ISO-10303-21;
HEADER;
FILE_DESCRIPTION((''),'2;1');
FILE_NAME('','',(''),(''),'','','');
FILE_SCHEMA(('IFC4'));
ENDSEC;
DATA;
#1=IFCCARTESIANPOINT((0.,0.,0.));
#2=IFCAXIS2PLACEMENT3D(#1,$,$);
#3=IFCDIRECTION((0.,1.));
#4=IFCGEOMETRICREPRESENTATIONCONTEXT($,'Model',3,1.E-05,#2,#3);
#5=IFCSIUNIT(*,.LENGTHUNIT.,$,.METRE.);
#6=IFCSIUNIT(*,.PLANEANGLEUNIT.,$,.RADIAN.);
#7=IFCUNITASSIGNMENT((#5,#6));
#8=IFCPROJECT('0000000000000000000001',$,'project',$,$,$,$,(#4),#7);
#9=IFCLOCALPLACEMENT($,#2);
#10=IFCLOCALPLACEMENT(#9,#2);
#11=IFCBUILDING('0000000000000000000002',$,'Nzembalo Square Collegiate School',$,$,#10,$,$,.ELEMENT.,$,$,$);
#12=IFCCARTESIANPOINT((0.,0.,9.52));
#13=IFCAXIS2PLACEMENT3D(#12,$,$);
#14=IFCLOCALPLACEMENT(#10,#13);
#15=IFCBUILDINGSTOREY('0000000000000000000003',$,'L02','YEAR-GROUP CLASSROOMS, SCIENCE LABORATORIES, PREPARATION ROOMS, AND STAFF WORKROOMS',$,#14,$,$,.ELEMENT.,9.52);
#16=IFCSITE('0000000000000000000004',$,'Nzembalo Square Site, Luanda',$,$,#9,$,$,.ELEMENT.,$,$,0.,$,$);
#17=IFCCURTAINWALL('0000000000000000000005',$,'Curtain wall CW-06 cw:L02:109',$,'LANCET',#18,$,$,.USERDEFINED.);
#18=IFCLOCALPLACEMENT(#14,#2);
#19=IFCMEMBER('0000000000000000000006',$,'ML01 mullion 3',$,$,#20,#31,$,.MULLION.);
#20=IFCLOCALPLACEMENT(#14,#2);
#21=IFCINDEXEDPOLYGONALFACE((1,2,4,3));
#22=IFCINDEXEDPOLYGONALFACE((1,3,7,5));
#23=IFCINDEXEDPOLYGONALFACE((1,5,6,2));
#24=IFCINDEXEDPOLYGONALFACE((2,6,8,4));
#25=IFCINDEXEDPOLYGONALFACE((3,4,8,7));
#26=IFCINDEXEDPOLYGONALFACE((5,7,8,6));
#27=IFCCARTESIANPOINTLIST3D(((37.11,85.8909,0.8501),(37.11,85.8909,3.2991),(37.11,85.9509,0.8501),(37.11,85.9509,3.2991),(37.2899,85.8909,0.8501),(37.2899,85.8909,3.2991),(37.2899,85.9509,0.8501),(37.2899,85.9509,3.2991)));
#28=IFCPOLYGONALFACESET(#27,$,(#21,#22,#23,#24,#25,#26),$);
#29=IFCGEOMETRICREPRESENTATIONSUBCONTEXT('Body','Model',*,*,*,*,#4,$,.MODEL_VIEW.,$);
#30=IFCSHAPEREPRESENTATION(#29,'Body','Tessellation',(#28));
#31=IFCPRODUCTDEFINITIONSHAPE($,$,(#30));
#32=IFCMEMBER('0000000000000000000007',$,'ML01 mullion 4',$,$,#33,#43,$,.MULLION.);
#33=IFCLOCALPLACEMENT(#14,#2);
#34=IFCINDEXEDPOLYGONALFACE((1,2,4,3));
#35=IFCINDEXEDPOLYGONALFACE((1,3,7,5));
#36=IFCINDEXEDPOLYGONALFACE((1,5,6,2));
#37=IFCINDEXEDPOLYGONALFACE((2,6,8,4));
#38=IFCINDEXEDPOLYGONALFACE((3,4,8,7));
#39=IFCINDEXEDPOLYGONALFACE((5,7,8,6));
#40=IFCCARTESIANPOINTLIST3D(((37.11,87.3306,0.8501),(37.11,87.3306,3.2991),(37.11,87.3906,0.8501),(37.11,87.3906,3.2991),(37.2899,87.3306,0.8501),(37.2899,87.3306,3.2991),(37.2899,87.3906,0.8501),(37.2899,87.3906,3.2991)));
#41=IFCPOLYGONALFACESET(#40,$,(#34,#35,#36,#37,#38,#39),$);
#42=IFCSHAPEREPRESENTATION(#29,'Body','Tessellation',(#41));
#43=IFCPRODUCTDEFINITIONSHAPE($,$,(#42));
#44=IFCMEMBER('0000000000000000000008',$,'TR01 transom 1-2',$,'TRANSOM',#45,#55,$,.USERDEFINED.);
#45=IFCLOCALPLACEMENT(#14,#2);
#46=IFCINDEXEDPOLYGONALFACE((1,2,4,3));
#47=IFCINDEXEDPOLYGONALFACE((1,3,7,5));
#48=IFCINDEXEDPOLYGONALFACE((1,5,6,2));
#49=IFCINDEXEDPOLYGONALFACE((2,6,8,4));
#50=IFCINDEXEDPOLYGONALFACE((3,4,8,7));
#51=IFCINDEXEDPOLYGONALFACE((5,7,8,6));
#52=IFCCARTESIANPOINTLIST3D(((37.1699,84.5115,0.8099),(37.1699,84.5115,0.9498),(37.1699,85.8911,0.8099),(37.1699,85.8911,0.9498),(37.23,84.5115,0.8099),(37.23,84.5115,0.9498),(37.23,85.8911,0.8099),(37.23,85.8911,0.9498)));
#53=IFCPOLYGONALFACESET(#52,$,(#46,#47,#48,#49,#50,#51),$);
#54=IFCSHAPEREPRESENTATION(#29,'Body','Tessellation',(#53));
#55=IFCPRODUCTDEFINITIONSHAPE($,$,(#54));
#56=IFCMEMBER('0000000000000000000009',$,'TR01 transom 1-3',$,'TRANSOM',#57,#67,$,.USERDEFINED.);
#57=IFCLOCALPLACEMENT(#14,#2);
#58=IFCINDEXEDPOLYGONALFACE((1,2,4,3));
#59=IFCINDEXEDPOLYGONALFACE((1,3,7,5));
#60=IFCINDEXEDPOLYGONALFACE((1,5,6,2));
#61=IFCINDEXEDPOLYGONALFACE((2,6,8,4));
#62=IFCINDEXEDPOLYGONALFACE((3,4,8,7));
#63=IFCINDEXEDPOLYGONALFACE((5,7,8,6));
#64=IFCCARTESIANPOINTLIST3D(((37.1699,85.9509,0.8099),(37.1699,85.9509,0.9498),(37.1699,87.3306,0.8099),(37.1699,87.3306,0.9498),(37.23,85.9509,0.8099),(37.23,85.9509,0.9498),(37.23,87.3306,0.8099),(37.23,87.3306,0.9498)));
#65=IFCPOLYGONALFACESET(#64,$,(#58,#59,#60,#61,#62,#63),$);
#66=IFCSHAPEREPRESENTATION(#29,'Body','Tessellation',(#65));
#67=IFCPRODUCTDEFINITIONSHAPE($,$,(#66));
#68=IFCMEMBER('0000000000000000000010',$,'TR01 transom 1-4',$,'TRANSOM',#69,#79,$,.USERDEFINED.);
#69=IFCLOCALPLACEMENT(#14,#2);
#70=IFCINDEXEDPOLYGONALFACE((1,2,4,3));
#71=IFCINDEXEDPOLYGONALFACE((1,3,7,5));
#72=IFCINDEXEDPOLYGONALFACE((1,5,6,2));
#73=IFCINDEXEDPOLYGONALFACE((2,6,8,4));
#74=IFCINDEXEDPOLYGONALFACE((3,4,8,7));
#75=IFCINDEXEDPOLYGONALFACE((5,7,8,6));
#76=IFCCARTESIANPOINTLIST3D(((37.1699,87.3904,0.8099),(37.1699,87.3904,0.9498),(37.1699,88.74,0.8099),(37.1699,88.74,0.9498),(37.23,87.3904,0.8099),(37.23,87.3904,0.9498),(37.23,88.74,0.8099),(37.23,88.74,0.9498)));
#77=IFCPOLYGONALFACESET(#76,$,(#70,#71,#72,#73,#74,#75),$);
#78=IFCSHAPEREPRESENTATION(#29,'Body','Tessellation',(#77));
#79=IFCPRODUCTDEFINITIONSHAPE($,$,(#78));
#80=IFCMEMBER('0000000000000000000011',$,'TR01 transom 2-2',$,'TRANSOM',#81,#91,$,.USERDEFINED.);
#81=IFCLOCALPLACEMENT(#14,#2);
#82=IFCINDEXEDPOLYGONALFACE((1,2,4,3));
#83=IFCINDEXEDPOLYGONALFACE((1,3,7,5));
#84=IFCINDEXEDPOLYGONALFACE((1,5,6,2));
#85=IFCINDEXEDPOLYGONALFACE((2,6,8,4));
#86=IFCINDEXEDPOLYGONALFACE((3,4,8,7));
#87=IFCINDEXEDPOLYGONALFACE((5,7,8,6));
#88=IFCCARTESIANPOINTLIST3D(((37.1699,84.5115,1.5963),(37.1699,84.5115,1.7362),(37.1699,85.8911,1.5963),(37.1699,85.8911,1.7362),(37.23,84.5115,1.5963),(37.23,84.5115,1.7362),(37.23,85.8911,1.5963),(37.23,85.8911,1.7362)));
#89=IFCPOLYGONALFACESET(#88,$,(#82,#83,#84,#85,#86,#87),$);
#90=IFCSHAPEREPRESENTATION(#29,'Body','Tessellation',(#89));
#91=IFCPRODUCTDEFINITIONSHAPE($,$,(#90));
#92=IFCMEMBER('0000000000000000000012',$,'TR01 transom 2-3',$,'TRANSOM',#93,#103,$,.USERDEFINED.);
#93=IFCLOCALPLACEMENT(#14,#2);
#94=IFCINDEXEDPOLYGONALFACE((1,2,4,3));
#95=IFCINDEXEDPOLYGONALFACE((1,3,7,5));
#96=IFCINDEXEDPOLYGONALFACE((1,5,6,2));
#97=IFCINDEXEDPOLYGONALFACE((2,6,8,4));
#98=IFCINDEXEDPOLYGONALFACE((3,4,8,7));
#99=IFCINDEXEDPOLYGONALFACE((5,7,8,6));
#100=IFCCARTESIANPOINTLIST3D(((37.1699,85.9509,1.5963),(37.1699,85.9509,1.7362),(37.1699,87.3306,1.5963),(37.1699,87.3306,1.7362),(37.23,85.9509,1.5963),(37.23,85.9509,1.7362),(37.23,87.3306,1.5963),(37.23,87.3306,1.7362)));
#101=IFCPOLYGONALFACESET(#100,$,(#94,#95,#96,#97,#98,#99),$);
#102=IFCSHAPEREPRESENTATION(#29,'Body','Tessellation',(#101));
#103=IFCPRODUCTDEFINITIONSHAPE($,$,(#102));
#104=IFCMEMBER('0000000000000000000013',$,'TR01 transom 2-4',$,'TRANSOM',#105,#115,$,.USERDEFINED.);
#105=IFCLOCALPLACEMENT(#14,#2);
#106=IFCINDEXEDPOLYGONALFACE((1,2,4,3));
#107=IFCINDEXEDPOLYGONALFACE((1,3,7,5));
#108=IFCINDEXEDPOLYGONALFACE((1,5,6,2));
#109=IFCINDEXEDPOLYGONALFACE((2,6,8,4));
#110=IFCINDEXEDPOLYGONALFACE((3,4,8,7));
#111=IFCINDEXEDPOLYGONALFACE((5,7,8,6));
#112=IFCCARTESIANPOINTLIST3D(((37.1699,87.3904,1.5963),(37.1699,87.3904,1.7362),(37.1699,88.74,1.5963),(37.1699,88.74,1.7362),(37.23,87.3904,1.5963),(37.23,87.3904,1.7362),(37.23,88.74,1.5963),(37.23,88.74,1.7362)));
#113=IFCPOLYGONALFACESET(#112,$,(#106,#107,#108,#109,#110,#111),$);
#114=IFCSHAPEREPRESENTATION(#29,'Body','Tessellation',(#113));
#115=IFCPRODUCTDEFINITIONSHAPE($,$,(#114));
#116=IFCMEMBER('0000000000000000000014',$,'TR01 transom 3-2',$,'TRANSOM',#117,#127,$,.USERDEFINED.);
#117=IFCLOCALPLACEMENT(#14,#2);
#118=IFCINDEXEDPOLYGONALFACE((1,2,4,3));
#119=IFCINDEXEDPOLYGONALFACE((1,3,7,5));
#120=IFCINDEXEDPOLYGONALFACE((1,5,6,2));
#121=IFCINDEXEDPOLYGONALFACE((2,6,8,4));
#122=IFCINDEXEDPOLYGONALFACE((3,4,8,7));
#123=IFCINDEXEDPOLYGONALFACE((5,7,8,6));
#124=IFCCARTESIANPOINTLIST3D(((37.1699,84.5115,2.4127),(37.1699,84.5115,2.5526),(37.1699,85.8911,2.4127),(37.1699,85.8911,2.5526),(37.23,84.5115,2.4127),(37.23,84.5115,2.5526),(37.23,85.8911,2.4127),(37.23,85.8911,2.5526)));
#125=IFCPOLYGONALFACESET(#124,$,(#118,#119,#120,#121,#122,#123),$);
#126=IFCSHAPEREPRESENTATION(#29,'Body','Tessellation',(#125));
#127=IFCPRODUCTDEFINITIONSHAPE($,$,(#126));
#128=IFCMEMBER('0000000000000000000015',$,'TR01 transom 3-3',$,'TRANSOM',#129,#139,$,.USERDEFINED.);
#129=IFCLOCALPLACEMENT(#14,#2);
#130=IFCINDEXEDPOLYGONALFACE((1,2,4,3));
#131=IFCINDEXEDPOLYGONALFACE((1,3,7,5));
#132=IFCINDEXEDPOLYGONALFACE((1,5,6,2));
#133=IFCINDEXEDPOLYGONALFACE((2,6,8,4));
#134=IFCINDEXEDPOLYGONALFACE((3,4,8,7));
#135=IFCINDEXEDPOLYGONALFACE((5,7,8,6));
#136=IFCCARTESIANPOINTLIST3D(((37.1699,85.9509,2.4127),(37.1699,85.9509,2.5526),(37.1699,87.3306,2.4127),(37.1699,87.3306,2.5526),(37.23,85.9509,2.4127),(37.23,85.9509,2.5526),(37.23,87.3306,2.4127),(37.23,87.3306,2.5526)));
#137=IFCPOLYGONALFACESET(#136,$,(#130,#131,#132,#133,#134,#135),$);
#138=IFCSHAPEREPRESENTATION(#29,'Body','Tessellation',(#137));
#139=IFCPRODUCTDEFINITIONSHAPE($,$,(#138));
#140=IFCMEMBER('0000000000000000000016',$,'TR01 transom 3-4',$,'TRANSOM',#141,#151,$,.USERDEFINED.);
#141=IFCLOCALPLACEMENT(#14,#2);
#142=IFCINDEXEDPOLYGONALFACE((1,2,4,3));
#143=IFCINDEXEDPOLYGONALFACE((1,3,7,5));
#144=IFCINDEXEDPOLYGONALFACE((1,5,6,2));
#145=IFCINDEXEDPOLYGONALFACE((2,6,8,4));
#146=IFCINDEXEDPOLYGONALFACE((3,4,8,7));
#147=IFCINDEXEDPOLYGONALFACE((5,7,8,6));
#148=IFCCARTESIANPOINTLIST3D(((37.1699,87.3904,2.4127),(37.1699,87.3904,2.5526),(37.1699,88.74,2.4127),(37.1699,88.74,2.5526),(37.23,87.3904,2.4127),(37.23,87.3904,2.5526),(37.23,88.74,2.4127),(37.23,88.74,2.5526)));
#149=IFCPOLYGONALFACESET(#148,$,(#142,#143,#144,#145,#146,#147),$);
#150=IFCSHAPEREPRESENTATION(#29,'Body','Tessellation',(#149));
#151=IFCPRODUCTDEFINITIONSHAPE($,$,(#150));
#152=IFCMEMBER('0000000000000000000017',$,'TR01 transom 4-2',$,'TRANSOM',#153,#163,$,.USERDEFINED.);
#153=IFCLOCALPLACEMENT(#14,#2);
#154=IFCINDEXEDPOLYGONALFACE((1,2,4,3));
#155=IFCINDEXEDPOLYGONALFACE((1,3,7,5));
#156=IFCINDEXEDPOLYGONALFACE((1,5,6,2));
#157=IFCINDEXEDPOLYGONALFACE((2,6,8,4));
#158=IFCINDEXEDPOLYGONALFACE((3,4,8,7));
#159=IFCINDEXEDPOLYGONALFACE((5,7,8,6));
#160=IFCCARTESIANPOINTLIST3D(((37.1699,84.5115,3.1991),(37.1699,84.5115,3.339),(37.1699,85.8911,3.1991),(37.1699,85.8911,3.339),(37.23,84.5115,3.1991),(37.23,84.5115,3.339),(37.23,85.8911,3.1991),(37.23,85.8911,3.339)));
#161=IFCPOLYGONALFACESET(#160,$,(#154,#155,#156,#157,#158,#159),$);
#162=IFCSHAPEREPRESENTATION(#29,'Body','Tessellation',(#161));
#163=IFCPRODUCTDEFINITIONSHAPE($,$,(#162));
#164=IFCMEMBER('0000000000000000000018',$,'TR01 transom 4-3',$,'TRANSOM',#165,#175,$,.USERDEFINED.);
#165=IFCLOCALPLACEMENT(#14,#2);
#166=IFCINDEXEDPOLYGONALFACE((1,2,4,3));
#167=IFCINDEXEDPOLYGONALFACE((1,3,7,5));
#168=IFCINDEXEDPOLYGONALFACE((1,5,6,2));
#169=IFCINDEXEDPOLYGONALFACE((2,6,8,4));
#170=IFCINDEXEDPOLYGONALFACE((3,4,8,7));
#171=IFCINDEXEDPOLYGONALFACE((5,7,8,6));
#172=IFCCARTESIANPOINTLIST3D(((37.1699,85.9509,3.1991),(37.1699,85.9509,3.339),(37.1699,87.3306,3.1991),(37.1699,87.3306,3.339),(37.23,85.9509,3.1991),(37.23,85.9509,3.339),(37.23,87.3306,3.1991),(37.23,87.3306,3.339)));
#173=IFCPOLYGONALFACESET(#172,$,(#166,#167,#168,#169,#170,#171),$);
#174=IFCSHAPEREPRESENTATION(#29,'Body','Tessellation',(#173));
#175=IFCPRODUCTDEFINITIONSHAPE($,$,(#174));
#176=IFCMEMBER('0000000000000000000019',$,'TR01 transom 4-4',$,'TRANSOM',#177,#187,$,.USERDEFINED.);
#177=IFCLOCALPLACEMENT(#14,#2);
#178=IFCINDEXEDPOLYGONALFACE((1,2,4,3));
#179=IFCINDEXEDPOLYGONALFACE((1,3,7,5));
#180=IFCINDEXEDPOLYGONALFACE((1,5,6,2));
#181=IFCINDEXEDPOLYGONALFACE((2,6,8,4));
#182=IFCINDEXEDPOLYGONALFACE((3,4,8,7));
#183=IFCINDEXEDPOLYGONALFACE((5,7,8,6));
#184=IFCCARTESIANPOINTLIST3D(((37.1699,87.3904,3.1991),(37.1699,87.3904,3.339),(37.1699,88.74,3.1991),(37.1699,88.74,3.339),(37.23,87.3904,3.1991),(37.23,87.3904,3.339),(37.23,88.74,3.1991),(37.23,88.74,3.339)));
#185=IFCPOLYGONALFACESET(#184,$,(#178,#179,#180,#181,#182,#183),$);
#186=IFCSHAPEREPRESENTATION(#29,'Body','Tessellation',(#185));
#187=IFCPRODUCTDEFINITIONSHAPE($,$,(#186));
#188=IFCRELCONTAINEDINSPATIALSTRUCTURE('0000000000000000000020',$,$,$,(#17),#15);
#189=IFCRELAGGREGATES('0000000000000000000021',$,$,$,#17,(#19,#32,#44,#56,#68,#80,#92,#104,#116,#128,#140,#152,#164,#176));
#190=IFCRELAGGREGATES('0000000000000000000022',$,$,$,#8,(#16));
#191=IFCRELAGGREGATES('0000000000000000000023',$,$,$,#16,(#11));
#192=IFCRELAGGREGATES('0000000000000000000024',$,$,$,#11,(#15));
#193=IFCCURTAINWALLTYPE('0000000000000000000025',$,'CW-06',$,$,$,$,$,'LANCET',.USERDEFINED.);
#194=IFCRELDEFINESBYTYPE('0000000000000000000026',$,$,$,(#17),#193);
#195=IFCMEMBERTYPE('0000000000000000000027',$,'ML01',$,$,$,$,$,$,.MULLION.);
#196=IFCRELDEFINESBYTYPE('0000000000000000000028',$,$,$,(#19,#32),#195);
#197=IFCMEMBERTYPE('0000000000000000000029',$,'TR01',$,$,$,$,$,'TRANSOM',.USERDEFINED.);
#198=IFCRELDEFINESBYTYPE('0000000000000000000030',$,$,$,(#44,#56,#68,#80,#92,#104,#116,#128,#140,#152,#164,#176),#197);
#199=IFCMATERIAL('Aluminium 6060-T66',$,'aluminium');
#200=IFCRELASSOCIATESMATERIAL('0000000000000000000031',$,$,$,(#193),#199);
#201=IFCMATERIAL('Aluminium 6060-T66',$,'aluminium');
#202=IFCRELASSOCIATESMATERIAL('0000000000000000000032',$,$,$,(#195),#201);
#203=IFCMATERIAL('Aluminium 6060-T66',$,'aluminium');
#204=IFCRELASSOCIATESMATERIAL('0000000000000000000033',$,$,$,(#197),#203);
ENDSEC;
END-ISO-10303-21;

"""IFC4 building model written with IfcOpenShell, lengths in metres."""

from ifc_helpers import new_model, si_unit, direction, frame, origin, origin_2d, place, context, subcontext, project, spatial, rectangle, extrude, material, material_profile, profile_set, type_object, element, aggregate, save


model = new_model("IFC4")

# Units and contexts
model_context = context("Model", 3, precision=1e-05, world=origin(), true_north=direction((0.0, 1.0)))
body_context = subcontext(model_context, "Body", "Model", "MODEL_VIEW")
ifc_project = project(units=[si_unit("LENGTHUNIT", "METRE"), si_unit("PLANEANGLEUNIT", "RADIAN")], contexts=[model_context])

# Site, building, storey
site_placement = place(None, origin())
site = spatial("IfcSite", under=ifc_project, at=site_placement, Name="Nzembalo Square Site, Luanda", CompositionType="ELEMENT", RefElevation=0.0)
building_placement = place(site_placement, origin())
building = spatial("IfcBuilding", under=site, at=building_placement, Name="Nzembalo Square Collegiate School", CompositionType="ELEMENT")
storey_placement = place(building_placement, frame((0.0, 0.0, 9.52)))
storey = spatial("IfcBuildingStorey", under=building, at=storey_placement, Name="L02", Description="YEAR-GROUP CLASSROOMS, SCIENCE LABORATORIES, PREPARATION ROOMS, AND STAFF WORKROOMS", CompositionType="ELEMENT", Elevation=9.52)

# Curtain wall, members
ifc_material_1 = material(Name="Aluminium 6060-T66", Category="aluminium")
curtain_wall_type = type_object("IfcCurtainWallType", Name="CW-06", ElementType="LANCET", PredefinedType="USERDEFINED", material=ifc_material_1)
curtain_wall_placement = place(storey_placement, origin())
curtain_wall = element("IfcCurtainWall", 1, at=curtain_wall_placement, inside=storey, type_object=curtain_wall_type, Name="Curtain wall CW-06 cw:L02:109", ObjectType="LANCET", PredefinedType="USERDEFINED")
ifc_material_2 = material(Name="Aluminium 6060-T66", Category="aluminium")
ifc_material_profile_1 = material_profile(ifc_material_2, rectangle(XDim=0.0601, YDim=0.1799, at=origin_2d()), Name="ALU M60x180")
ifc_profile_set_1 = profile_set([ifc_material_profile_1], Name="Aluminium 6060-T66")
member_type_1 = type_object("IfcMemberType", Name="ML01", PredefinedType="MULLION", material=ifc_profile_set_1)
member_1_placement = place(storey_placement, frame((37.2, 85.9209, 0.8501), z_axis=(0.0, 0.0, 1.0), x_axis=(0.0, 1.0, 0.0)))
member_1 = element("IfcMember", 2, at=member_1_placement, type_object=member_type_1, Name="ML01 mullion 3", PredefinedType="MULLION", context=body_context, shape_type="SweptSolid", body=[
    extrude(rectangle(XDim=0.0601, YDim=0.1799, at=origin_2d()), origin(), (0.0, 0.0, 1.0), 2.449),
])
member_2_placement = place(storey_placement, frame((37.2, 87.3606, 0.8501), z_axis=(0.0, 0.0, 1.0), x_axis=(0.0, 1.0, 0.0)))
member_2 = element("IfcMember", 3, at=member_2_placement, type_object=member_type_1, Name="ML01 mullion 4", PredefinedType="MULLION", context=body_context, shape_type="SweptSolid", body=[
    extrude(rectangle(XDim=0.0601, YDim=0.1799, at=origin_2d()), origin(), (0.0, 0.0, 1.0), 2.449),
])
ifc_material_3 = material(Name="Aluminium 6060-T66", Category="aluminium")
ifc_material_profile_2 = material_profile(ifc_material_3, rectangle(XDim=0.0601, YDim=0.1399, at=origin_2d()), Name="ALU T60x140")
ifc_profile_set_2 = profile_set([ifc_material_profile_2], Name="Aluminium 6060-T66")
member_type_2 = type_object("IfcMemberType", Name="TR01", ElementType="TRANSOM", PredefinedType="USERDEFINED", material=ifc_profile_set_2)
member_3_placement = place(storey_placement, frame((37.2, 84.5115, 0.8799), z_axis=(0.0, 1.0, 0.0), x_axis=(-1.0, 0.0, 0.0)))
member_3 = element("IfcMember", 4, at=member_3_placement, type_object=member_type_2, Name="TR01 transom 1-2", ObjectType="TRANSOM", PredefinedType="USERDEFINED", context=body_context, shape_type="SweptSolid", body=[
    extrude(rectangle(XDim=0.0601, YDim=0.1399, at=origin_2d()), origin(), (0.0, 0.0, 1.0), 1.3796),
])
member_4_placement = place(storey_placement, frame((37.2, 85.9509, 0.8799), z_axis=(0.0, 1.0, 0.0), x_axis=(-1.0, 0.0, 0.0)))
member_4 = element("IfcMember", 5, at=member_4_placement, type_object=member_type_2, Name="TR01 transom 1-3", ObjectType="TRANSOM", PredefinedType="USERDEFINED", context=body_context, shape_type="SweptSolid", body=[
    extrude(rectangle(XDim=0.0601, YDim=0.1399, at=origin_2d()), origin(), (0.0, 0.0, 1.0), 1.3796),
])
member_5_placement = place(storey_placement, frame((37.2, 87.3904, 0.8799), z_axis=(0.0, 1.0, 0.0), x_axis=(-1.0, 0.0, 0.0)))
member_5 = element("IfcMember", 6, at=member_5_placement, type_object=member_type_2, Name="TR01 transom 1-4", ObjectType="TRANSOM", PredefinedType="USERDEFINED", context=body_context, shape_type="SweptSolid", body=[
    extrude(rectangle(XDim=0.0601, YDim=0.1399, at=origin_2d()), origin(), (0.0, 0.0, 1.0), 1.3496),
])
member_6_placement = place(storey_placement, frame((37.2, 84.5115, 1.6663), z_axis=(0.0, 1.0, 0.0), x_axis=(-1.0, 0.0, 0.0)))
member_6 = element("IfcMember", 7, at=member_6_placement, type_object=member_type_2, Name="TR01 transom 2-2", ObjectType="TRANSOM", PredefinedType="USERDEFINED", context=body_context, shape_type="SweptSolid", body=[
    extrude(rectangle(XDim=0.0601, YDim=0.1399, at=origin_2d()), origin(), (0.0, 0.0, 1.0), 1.3796),
])
member_7_placement = place(storey_placement, frame((37.2, 85.9509, 1.6663), z_axis=(0.0, 1.0, 0.0), x_axis=(-1.0, 0.0, 0.0)))
member_7 = element("IfcMember", 8, at=member_7_placement, type_object=member_type_2, Name="TR01 transom 2-3", ObjectType="TRANSOM", PredefinedType="USERDEFINED", context=body_context, shape_type="SweptSolid", body=[
    extrude(rectangle(XDim=0.0601, YDim=0.1399, at=origin_2d()), origin(), (0.0, 0.0, 1.0), 1.3796),
])
member_8_placement = place(storey_placement, frame((37.2, 87.3904, 1.6663), z_axis=(0.0, 1.0, 0.0), x_axis=(-1.0, 0.0, 0.0)))
member_8 = element("IfcMember", 9, at=member_8_placement, type_object=member_type_2, Name="TR01 transom 2-4", ObjectType="TRANSOM", PredefinedType="USERDEFINED", context=body_context, shape_type="SweptSolid", body=[
    extrude(rectangle(XDim=0.0601, YDim=0.1399, at=origin_2d()), origin(), (0.0, 0.0, 1.0), 1.3496),
])
member_9_placement = place(storey_placement, frame((37.2, 84.5115, 2.4827), z_axis=(0.0, 1.0, 0.0), x_axis=(-1.0, 0.0, 0.0)))
member_9 = element("IfcMember", 10, at=member_9_placement, type_object=member_type_2, Name="TR01 transom 3-2", ObjectType="TRANSOM", PredefinedType="USERDEFINED", context=body_context, shape_type="SweptSolid", body=[
    extrude(rectangle(XDim=0.0601, YDim=0.1399, at=origin_2d()), origin(), (0.0, 0.0, 1.0), 1.3796),
])
member_10_placement = place(storey_placement, frame((37.2, 85.9509, 2.4827), z_axis=(0.0, 1.0, 0.0), x_axis=(-1.0, 0.0, 0.0)))
member_10 = element("IfcMember", 11, at=member_10_placement, type_object=member_type_2, Name="TR01 transom 3-3", ObjectType="TRANSOM", PredefinedType="USERDEFINED", context=body_context, shape_type="SweptSolid", body=[
    extrude(rectangle(XDim=0.0601, YDim=0.1399, at=origin_2d()), origin(), (0.0, 0.0, 1.0), 1.3796),
])
member_11_placement = place(storey_placement, frame((37.2, 87.3904, 2.4827), z_axis=(0.0, 1.0, 0.0), x_axis=(-1.0, 0.0, 0.0)))
member_11 = element("IfcMember", 12, at=member_11_placement, type_object=member_type_2, Name="TR01 transom 3-4", ObjectType="TRANSOM", PredefinedType="USERDEFINED", context=body_context, shape_type="SweptSolid", body=[
    extrude(rectangle(XDim=0.0601, YDim=0.1399, at=origin_2d()), origin(), (0.0, 0.0, 1.0), 1.3496),
])
member_12_placement = place(storey_placement, frame((37.2, 84.5115, 3.269), z_axis=(0.0, 1.0, 0.0), x_axis=(-1.0, 0.0, 0.0)))
member_12 = element("IfcMember", 13, at=member_12_placement, type_object=member_type_2, Name="TR01 transom 4-2", ObjectType="TRANSOM", PredefinedType="USERDEFINED", context=body_context, shape_type="SweptSolid", body=[
    extrude(rectangle(XDim=0.0601, YDim=0.1399, at=origin_2d()), origin(), (0.0, 0.0, 1.0), 1.3796),
])
member_13_placement = place(storey_placement, frame((37.2, 85.9509, 3.269), z_axis=(0.0, 1.0, 0.0), x_axis=(-1.0, 0.0, 0.0)))
member_13 = element("IfcMember", 14, at=member_13_placement, type_object=member_type_2, Name="TR01 transom 4-3", ObjectType="TRANSOM", PredefinedType="USERDEFINED", context=body_context, shape_type="SweptSolid", body=[
    extrude(rectangle(XDim=0.0601, YDim=0.1399, at=origin_2d()), origin(), (0.0, 0.0, 1.0), 1.3796),
])
member_14_placement = place(storey_placement, frame((37.2, 87.3904, 3.269), z_axis=(0.0, 1.0, 0.0), x_axis=(-1.0, 0.0, 0.0)))
member_14 = element("IfcMember", 15, at=member_14_placement, type_object=member_type_2, Name="TR01 transom 4-4", ObjectType="TRANSOM", PredefinedType="USERDEFINED", context=body_context, shape_type="SweptSolid", body=[
    extrude(rectangle(XDim=0.0601, YDim=0.1399, at=origin_2d()), origin(), (0.0, 0.0, 1.0), 1.3496),
])
aggregate(curtain_wall, [member_1, member_2, member_3, member_4, member_5, member_6, member_7, member_8, member_9, member_10, member_11, member_12, member_13, member_14])

save(model, "model.ifc")
